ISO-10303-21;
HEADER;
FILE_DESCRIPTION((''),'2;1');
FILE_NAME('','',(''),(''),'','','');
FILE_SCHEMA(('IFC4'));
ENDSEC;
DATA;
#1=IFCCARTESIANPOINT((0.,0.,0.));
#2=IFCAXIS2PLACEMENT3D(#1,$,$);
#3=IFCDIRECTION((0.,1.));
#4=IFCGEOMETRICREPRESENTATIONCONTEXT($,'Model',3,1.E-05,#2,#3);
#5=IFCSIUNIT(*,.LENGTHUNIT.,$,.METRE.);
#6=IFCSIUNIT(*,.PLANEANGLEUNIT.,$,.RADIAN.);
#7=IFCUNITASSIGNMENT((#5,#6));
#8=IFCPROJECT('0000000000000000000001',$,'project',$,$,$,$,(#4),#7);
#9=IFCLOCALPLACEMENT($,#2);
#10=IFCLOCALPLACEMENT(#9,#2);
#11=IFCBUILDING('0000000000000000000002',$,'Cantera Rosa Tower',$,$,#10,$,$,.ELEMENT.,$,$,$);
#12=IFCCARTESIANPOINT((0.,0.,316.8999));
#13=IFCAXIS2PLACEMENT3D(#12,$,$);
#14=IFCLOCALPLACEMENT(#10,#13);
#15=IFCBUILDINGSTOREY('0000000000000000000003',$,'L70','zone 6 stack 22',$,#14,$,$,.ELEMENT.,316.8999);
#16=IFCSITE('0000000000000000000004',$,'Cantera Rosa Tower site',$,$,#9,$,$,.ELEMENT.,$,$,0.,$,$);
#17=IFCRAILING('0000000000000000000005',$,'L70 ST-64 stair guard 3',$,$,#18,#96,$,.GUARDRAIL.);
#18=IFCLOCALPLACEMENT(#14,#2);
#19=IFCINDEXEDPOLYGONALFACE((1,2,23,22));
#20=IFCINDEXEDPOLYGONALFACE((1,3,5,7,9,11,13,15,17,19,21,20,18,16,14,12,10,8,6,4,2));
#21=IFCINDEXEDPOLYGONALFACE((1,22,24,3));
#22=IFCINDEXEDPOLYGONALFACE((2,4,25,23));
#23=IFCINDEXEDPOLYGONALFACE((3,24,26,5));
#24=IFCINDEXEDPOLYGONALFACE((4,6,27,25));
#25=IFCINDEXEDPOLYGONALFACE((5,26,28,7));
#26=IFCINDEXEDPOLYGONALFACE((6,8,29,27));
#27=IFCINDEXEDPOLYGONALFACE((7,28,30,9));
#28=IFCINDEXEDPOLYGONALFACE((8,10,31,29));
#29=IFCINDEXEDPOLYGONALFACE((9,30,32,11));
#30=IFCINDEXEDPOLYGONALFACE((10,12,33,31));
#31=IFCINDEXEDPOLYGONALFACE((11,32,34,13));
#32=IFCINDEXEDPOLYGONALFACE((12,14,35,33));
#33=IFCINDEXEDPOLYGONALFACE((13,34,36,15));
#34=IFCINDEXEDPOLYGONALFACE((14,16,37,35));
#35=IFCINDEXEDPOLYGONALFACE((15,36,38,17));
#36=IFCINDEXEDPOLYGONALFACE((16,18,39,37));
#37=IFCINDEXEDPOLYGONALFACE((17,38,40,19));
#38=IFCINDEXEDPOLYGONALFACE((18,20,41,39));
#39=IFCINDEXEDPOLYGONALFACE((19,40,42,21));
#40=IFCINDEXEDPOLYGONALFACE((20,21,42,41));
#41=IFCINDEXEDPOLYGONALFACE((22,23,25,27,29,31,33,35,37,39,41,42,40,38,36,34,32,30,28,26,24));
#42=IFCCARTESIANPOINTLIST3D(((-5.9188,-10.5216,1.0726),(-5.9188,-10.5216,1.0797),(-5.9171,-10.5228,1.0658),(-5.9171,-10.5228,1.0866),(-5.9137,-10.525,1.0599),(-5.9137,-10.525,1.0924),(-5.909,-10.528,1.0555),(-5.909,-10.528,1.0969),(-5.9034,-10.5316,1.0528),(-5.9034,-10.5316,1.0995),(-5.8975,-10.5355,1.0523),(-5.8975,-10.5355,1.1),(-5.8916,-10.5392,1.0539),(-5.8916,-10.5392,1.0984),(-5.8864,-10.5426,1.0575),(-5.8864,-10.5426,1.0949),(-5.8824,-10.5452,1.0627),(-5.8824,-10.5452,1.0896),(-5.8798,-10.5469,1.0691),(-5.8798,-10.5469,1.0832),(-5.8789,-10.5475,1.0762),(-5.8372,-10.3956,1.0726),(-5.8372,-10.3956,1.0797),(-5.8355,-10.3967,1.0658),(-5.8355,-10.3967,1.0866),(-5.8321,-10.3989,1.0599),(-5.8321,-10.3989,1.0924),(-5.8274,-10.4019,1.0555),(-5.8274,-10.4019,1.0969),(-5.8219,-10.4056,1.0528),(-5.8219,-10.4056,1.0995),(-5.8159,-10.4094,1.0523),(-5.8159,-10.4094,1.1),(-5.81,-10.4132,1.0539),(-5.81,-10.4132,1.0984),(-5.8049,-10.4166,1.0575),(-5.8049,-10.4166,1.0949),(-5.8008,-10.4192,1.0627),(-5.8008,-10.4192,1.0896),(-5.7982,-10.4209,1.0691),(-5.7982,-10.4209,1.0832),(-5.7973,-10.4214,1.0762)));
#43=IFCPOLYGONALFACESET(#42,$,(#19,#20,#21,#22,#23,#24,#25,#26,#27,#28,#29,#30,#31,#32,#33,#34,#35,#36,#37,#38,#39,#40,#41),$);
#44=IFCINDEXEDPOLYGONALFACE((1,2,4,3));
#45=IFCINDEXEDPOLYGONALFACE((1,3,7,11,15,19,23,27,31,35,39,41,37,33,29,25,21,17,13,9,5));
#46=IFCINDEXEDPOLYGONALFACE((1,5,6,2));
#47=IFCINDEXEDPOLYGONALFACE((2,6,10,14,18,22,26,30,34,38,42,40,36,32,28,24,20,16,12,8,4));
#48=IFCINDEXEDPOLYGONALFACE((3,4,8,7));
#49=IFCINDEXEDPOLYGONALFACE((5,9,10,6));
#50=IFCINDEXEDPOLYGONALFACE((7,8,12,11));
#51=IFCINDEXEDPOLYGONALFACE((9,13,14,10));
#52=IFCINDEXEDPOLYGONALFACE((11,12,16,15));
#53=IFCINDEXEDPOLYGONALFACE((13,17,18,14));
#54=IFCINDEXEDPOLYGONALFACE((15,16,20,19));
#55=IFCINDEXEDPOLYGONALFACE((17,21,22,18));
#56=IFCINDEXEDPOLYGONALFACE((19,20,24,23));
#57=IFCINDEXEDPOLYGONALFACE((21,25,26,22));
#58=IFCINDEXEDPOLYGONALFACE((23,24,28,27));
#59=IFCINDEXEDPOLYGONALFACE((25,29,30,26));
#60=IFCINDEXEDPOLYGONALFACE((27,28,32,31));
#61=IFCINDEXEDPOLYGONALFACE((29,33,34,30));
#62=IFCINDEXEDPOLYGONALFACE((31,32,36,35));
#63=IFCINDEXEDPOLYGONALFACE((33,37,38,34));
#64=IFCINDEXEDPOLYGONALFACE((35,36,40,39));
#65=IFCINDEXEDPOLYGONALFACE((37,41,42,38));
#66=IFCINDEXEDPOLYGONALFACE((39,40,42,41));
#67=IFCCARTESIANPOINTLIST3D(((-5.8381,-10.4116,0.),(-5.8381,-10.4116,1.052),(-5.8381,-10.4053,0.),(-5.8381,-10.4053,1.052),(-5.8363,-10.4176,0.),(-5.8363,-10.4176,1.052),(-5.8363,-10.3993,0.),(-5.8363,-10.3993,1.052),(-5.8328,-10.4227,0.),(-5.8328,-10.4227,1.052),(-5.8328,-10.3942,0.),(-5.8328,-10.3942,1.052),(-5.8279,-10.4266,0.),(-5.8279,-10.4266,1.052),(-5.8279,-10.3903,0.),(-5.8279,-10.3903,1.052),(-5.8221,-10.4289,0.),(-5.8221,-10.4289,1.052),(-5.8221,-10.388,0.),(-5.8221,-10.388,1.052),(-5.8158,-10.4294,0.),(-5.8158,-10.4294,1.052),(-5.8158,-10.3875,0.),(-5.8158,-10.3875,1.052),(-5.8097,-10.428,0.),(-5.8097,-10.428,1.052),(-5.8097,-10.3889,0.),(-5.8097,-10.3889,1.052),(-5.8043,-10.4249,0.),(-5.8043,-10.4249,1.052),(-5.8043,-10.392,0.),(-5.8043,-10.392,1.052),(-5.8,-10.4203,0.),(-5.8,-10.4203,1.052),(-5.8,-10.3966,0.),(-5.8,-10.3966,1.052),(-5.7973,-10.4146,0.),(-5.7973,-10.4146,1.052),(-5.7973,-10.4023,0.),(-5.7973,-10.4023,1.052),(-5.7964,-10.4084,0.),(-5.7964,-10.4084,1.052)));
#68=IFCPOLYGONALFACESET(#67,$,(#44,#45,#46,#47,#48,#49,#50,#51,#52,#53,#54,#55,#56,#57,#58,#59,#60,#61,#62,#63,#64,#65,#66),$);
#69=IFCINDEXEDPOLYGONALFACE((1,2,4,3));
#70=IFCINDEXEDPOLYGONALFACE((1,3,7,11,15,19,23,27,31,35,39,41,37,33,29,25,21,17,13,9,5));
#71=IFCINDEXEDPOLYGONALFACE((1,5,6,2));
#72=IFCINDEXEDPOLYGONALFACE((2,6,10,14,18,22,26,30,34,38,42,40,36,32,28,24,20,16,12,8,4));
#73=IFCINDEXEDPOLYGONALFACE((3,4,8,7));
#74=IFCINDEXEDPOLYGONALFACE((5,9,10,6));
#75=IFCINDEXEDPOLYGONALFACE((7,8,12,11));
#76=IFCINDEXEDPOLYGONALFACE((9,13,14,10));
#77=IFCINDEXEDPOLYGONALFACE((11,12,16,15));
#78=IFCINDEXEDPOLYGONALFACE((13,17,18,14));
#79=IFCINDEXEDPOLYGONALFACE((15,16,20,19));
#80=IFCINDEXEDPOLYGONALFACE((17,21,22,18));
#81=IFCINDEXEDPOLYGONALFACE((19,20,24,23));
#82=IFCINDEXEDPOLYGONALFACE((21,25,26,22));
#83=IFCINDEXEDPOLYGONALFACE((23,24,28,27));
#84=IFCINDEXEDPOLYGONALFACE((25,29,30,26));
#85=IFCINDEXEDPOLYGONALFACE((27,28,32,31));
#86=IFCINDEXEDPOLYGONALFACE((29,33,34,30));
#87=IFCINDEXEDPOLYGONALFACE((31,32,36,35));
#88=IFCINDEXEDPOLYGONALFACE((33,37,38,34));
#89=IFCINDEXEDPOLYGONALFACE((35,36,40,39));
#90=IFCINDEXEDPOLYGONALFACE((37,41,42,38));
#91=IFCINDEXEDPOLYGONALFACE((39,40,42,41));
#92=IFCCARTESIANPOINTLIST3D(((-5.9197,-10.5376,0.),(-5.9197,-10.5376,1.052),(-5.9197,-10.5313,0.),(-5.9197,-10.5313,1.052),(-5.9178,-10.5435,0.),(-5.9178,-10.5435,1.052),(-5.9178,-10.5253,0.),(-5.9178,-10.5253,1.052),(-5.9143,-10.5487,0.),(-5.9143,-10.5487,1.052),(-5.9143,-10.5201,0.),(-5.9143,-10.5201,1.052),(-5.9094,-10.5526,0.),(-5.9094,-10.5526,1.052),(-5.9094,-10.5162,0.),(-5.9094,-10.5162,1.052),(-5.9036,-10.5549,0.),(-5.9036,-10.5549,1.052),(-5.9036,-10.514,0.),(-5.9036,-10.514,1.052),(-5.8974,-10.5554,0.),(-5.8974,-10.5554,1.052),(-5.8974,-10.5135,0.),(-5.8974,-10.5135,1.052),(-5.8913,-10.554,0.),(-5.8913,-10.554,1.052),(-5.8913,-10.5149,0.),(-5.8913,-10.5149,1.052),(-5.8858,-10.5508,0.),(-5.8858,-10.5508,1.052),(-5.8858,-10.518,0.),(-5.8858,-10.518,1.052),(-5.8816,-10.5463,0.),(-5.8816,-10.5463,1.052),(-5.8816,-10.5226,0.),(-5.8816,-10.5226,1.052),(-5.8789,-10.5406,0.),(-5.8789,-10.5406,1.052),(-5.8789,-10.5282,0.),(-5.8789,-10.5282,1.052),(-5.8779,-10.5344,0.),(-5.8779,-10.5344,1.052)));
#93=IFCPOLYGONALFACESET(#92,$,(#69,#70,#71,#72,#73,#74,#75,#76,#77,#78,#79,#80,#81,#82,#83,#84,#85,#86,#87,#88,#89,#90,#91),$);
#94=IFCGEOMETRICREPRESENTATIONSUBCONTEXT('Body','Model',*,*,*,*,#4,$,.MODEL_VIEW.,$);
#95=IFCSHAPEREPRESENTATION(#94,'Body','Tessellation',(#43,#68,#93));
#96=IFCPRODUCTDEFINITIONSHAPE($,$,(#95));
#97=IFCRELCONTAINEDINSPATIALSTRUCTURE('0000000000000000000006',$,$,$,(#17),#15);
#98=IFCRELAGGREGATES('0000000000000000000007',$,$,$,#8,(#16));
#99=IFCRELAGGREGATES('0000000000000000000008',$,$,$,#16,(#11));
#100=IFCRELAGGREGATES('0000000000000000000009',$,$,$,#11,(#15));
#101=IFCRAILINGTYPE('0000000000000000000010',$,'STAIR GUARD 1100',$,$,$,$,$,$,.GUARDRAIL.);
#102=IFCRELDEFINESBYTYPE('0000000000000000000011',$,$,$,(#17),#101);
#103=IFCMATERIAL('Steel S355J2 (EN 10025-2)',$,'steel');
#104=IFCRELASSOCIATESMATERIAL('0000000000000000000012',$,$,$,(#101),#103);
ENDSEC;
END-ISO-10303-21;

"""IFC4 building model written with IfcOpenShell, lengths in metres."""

from ifc_helpers import new_model, si_unit, direction, frame, origin, origin_2d, place, context, subcontext, project, spatial, circle, extrude, material, type_object, element, save


model = new_model("IFC4")

# Units and contexts
model_context = context("Model", 3, precision=1e-05, world=origin(), true_north=direction((0.0, 1.0)))
body_context = subcontext(model_context, "Body", "Model", "MODEL_VIEW")
ifc_project = project(units=[si_unit("LENGTHUNIT", "METRE"), si_unit("PLANEANGLEUNIT", "RADIAN")], contexts=[model_context])

# Site, building, storey
site_placement = place(None, origin())
site = spatial("IfcSite", under=ifc_project, at=site_placement, Name="Cantera Rosa Tower site", CompositionType="ELEMENT", RefElevation=0.0)
building_placement = place(site_placement, origin())
building = spatial("IfcBuilding", under=site, at=building_placement, Name="Cantera Rosa Tower", CompositionType="ELEMENT")
storey_placement = place(building_placement, frame((0.0, 0.0, 316.8999)))
storey = spatial("IfcBuildingStorey", under=building, at=storey_placement, Name="L70", Description="zone 6 stack 22", CompositionType="ELEMENT", Elevation=316.8999)

# Railing
ifc_material_1 = material(Name="Steel S355J2 (EN 10025-2)", Category="steel")
railing_type_1 = type_object("IfcRailingType", Name="STAIR GUARD 1100", PredefinedType="GUARDRAIL", material=ifc_material_1)
railing_1_placement = place(storey_placement, frame((-5.8174, -10.4084, 0.0)))
element("IfcRailing", 1, at=railing_1_placement, inside=storey, type_object=railing_type_1, Name="L70 ST-64 stair guard 3", PredefinedType="GUARDRAIL", context=body_context, shape_type="SweptSolid", body=[
    extrude(circle(Radius=0.0239, at=origin_2d()), frame((0.0, 0.0, 1.0762), z_axis=(-0.543386, -0.839483, 0.0), x_axis=(0.839483, -0.543386, 0.0)), (0.0, 0.0, 1.0), 0.1501),
    extrude(circle(Radius=0.021, at=origin_2d()), origin(), (0.0, 0.0, 1.0), 1.052),
    extrude(circle(Radius=0.021, at=origin_2d()), frame((-0.0815, -0.126, 0.0)), (0.0, 0.0, 1.0), 1.052),
])

save(model, "model.ifc")
